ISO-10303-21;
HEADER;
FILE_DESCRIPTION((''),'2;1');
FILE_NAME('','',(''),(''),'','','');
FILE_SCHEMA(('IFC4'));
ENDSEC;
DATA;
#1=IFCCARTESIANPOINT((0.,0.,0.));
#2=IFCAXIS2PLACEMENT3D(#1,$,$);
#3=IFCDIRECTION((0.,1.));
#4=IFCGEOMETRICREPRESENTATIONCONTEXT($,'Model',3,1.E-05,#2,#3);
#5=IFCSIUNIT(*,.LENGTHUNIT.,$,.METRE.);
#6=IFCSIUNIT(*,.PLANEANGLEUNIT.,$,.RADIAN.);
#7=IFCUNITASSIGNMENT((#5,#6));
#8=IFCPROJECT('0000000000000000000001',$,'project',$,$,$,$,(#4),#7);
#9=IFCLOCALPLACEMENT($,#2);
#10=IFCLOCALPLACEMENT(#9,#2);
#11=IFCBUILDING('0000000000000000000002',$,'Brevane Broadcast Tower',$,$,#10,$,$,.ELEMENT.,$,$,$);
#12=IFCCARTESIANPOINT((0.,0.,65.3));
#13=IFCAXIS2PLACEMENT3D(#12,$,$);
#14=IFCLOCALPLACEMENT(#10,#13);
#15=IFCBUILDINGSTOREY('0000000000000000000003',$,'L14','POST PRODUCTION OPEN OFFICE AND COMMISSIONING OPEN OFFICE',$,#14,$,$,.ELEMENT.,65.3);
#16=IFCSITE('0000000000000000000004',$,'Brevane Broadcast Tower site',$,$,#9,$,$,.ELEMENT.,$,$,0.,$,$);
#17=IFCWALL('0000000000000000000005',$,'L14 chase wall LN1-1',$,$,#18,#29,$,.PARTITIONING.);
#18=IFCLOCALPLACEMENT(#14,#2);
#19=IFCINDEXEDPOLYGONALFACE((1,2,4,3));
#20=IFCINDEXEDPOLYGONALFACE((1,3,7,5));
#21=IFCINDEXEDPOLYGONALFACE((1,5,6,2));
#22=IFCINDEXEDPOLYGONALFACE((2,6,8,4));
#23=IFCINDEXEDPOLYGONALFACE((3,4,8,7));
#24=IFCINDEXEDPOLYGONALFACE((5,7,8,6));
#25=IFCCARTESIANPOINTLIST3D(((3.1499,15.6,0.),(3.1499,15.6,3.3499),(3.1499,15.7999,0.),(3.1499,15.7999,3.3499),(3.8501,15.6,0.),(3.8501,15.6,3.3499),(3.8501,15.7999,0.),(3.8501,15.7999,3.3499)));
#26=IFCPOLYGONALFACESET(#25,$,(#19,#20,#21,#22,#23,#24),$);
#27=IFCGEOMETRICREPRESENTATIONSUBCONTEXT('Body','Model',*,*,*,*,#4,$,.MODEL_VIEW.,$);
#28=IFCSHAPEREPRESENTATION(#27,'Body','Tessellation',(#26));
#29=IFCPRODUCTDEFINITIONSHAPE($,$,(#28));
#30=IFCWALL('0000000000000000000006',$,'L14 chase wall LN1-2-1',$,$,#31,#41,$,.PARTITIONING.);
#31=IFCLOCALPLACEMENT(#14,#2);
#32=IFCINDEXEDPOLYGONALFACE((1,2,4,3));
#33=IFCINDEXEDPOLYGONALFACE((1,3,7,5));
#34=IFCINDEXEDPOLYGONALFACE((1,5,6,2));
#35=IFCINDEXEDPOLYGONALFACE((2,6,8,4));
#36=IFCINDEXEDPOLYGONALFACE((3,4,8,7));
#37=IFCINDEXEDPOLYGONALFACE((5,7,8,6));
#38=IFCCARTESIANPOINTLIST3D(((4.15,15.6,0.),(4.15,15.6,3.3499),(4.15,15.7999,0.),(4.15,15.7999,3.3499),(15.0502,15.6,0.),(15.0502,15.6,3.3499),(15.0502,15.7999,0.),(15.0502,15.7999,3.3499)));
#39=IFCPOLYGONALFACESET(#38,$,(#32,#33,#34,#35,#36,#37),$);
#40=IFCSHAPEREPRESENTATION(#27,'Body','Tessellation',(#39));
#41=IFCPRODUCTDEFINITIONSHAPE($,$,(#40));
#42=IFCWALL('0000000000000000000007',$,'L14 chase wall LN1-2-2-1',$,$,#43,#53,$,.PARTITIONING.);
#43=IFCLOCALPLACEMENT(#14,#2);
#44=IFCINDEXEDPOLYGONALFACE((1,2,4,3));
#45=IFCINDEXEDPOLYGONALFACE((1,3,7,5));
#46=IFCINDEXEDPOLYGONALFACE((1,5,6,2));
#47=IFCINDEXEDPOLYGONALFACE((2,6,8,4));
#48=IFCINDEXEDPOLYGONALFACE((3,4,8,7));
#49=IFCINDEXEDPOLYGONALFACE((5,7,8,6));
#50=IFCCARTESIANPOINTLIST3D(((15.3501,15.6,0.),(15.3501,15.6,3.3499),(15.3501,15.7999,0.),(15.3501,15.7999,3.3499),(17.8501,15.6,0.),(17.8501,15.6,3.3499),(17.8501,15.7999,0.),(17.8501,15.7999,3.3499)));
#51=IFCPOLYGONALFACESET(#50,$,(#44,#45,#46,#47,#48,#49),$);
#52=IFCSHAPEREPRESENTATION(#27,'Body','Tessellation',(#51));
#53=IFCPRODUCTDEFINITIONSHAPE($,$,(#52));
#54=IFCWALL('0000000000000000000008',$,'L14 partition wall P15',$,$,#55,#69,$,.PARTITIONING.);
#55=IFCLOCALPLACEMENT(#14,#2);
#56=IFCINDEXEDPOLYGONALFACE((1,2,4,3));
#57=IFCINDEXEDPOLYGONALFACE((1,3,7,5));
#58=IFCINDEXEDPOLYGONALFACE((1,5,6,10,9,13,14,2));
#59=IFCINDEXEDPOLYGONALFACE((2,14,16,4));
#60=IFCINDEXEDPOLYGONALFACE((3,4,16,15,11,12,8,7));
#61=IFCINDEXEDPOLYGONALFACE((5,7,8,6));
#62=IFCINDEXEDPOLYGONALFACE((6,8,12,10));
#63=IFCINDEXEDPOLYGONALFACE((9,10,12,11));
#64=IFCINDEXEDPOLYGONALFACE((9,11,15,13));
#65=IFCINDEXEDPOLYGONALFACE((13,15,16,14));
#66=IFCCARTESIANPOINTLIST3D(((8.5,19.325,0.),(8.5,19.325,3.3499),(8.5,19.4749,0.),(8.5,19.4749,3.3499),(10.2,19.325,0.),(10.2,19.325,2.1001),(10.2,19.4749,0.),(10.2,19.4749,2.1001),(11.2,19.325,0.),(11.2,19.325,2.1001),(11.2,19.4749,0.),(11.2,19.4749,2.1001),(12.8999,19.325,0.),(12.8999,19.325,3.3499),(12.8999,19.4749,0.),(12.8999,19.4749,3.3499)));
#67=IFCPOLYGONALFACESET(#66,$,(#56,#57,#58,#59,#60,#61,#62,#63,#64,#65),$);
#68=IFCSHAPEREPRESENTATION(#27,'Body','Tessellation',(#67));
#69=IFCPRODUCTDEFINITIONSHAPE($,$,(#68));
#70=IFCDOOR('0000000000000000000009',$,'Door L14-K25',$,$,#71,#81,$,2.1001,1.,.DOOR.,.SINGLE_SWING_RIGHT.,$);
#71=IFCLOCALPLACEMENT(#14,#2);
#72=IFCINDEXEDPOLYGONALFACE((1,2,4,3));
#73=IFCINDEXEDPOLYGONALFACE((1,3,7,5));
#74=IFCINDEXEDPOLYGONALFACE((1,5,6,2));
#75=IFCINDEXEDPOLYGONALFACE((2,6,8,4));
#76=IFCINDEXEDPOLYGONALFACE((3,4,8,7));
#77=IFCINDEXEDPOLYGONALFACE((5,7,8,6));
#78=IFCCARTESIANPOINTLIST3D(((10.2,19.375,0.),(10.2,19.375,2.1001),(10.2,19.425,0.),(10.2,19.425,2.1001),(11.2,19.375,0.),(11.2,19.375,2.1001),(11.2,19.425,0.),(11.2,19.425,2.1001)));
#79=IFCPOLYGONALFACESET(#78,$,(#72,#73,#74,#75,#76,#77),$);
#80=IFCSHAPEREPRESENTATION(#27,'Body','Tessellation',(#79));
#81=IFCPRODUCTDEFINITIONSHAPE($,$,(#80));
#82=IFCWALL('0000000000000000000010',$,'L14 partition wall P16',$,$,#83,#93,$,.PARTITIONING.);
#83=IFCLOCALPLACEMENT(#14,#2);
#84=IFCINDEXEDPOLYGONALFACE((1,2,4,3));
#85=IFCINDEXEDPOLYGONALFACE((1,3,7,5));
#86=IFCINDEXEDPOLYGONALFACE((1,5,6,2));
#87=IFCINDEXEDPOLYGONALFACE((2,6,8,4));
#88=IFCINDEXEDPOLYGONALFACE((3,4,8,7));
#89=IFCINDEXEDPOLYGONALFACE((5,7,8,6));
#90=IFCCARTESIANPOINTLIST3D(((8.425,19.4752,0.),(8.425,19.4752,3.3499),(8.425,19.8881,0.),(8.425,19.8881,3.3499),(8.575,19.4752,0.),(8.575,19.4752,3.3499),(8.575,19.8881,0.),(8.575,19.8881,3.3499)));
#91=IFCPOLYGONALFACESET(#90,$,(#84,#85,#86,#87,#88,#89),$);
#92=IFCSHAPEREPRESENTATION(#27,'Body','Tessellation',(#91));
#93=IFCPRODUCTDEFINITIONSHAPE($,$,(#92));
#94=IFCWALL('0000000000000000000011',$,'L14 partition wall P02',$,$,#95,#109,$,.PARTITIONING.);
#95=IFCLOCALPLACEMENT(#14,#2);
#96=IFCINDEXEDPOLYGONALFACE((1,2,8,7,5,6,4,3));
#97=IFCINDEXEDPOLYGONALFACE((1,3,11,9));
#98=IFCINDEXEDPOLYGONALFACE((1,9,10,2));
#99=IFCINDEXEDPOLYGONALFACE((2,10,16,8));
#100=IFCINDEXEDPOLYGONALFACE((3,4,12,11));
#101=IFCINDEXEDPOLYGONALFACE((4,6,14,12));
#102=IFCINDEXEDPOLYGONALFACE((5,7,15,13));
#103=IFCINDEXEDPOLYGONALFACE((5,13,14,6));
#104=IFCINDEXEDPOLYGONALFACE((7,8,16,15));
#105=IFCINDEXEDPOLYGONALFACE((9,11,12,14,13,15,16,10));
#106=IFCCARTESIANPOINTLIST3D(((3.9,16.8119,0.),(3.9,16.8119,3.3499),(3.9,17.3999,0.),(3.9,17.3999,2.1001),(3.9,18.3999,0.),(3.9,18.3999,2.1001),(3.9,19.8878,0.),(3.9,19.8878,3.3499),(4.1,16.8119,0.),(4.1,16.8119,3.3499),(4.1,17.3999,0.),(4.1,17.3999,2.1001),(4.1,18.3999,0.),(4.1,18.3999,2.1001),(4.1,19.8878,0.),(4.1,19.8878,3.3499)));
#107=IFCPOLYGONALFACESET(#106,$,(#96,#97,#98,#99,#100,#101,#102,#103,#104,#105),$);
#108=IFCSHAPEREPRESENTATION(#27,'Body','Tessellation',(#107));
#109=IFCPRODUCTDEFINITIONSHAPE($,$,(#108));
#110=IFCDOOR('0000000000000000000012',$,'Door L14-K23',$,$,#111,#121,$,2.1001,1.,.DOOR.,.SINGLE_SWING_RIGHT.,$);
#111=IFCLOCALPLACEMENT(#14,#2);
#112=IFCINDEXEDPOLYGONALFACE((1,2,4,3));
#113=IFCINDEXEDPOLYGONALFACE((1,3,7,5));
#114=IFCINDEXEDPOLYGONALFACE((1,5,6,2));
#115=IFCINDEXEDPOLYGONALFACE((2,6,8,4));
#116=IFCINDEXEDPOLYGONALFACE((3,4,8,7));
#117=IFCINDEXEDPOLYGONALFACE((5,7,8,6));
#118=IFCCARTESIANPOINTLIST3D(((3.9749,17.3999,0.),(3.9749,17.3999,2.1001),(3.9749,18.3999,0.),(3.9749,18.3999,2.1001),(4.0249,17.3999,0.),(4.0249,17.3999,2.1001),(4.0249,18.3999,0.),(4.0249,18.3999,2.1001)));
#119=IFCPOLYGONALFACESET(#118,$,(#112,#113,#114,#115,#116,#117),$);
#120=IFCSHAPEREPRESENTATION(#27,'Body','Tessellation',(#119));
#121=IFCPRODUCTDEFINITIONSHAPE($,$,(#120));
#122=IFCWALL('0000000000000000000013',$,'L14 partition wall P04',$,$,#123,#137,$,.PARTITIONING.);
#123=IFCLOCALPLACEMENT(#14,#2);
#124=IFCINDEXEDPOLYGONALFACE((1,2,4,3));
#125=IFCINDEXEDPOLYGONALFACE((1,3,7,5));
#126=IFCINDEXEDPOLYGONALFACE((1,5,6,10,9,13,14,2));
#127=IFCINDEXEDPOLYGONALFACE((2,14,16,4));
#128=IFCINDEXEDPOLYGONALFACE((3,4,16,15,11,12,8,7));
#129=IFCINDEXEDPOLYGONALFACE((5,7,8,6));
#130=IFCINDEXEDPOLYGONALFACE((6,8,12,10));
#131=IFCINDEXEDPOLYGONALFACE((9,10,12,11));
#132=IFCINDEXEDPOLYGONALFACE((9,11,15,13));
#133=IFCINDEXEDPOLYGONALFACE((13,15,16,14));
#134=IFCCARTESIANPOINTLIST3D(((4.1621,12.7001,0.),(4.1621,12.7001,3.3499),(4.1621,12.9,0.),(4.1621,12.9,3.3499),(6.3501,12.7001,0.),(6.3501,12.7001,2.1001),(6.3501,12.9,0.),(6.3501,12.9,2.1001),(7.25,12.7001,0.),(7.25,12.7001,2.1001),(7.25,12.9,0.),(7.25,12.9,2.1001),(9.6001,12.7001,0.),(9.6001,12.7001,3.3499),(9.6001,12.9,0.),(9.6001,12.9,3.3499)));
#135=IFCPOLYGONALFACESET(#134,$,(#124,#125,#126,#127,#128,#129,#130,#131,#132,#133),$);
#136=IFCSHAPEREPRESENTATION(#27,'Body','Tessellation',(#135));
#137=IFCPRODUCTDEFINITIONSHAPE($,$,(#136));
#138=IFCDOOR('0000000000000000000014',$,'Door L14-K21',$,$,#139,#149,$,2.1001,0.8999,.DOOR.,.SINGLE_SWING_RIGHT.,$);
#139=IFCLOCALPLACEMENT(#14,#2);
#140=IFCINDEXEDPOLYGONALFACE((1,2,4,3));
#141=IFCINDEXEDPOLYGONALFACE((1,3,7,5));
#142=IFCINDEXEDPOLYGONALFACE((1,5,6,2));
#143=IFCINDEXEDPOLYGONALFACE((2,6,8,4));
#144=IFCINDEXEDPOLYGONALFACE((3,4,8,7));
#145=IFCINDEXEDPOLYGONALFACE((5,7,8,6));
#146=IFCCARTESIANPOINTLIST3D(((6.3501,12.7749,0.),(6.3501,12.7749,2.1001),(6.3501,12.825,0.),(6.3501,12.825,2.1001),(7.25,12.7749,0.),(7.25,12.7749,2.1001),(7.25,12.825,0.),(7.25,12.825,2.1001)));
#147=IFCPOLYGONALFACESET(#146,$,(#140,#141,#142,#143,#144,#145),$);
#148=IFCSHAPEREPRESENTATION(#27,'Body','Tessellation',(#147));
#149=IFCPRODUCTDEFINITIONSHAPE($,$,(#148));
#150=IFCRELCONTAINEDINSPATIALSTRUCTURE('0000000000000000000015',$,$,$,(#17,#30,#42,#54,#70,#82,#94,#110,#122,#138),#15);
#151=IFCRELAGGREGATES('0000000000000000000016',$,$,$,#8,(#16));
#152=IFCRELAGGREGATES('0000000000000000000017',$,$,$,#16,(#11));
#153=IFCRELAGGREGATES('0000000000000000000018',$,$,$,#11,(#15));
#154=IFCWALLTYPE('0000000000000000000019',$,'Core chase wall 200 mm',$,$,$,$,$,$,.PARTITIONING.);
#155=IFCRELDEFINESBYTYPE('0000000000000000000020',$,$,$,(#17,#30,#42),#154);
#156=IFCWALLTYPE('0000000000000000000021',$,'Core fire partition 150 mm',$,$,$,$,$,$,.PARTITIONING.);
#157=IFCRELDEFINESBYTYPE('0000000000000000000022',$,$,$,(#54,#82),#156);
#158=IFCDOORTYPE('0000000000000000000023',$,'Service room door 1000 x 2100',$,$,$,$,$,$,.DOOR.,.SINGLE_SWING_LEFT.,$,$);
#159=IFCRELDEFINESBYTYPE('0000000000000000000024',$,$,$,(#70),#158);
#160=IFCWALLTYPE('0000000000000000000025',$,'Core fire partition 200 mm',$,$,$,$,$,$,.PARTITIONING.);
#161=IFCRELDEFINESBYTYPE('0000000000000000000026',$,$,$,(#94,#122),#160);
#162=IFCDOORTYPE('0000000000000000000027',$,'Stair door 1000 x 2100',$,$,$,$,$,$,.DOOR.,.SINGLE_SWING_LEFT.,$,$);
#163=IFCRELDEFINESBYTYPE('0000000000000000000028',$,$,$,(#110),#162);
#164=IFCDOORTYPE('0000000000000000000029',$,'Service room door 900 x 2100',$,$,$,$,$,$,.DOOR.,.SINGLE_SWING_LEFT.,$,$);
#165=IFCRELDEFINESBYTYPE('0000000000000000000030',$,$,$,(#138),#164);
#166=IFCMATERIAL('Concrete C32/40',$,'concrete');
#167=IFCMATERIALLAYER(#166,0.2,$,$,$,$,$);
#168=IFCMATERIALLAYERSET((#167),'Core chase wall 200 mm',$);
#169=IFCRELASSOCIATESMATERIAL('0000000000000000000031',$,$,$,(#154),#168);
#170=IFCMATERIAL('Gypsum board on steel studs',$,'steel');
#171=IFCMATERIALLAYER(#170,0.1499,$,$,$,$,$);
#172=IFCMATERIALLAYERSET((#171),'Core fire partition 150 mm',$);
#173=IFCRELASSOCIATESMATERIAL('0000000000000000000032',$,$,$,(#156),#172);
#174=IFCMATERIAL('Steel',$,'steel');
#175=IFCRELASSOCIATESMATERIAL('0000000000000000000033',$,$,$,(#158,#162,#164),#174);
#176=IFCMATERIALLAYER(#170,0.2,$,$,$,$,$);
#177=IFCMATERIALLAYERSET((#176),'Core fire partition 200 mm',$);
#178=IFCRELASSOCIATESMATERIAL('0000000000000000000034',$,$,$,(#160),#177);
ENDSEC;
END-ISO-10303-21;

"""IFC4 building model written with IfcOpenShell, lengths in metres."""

from ifc_helpers import new_model, si_unit, direction, frame, frame_2d, origin, place, context, subcontext, project, spatial, rectangle, extrude, material, layer, layer_set, type_object, element, fill, save


model = new_model("IFC4")

# Units and contexts
model_context = context("Model", 3, precision=1e-05, world=origin(), true_north=direction((0.0, 1.0)))
body_context = subcontext(model_context, "Body", "Model", "MODEL_VIEW")
ifc_project = project(units=[si_unit("LENGTHUNIT", "METRE"), si_unit("PLANEANGLEUNIT", "RADIAN")], contexts=[model_context])

# Site, building, storey
site_placement = place(None, origin())
site = spatial("IfcSite", under=ifc_project, at=site_placement, Name="Brevane Broadcast Tower site", CompositionType="ELEMENT", RefElevation=0.0)
building_placement = place(site_placement, origin())
building = spatial("IfcBuilding", under=site, at=building_placement, Name="Brevane Broadcast Tower", CompositionType="ELEMENT")
storey_placement = place(building_placement, frame((0.0, 0.0, 65.3)))
storey = spatial("IfcBuildingStorey", under=building, at=storey_placement, Name="L14", Description="POST PRODUCTION OPEN OFFICE AND COMMISSIONING OPEN OFFICE", CompositionType="ELEMENT", Elevation=65.3)

# Walls
ifc_material_1 = material(Name="Concrete C32/40", Category="concrete")
ifc_layer_1 = layer(ifc_material_1, 0.2)
ifc_layer_set_1 = layer_set([ifc_layer_1], Name="Core chase wall 200 mm")
wall_type_1 = type_object("IfcWallType", Name="Core chase wall 200 mm", PredefinedType="PARTITIONING", material=ifc_layer_set_1)
wall_1_placement = place(storey_placement, frame((3.1499, 15.7, 0.0), z_axis=(0.0, 0.0, 1.0), x_axis=(1.0, 0.0, 0.0)))
element("IfcWall", 1, at=wall_1_placement, inside=storey, type_object=wall_type_1, Name="L14 chase wall LN1-1", PredefinedType="PARTITIONING", context=body_context, shape_type="SweptSolid", body=[
    extrude(rectangle(XDim=0.7002, YDim=0.2, at=frame_2d((0.3501, 0.0))), origin(), (0.0, 0.0, 1.0), 3.3499),
])
wall_2_placement = place(storey_placement, frame((4.1499, 15.7, 0.0), z_axis=(0.0, 0.0, 1.0), x_axis=(1.0, 0.0, 0.0)))
element("IfcWall", 2, at=wall_2_placement, inside=storey, type_object=wall_type_1, Name="L14 chase wall LN1-2-1", PredefinedType="PARTITIONING", context=body_context, shape_type="SweptSolid", body=[
    extrude(rectangle(XDim=10.9001, YDim=0.2, at=frame_2d((5.4502, 0.0))), origin(), (0.0, 0.0, 1.0), 3.3499),
])
wall_3_placement = place(storey_placement, frame((15.3501, 15.7, 0.0), z_axis=(0.0, 0.0, 1.0), x_axis=(1.0, 0.0, 0.0)))
element("IfcWall", 3, at=wall_3_placement, inside=storey, type_object=wall_type_1, Name="L14 chase wall LN1-2-2-1", PredefinedType="PARTITIONING", context=body_context, shape_type="SweptSolid", body=[
    extrude(rectangle(XDim=2.5, YDim=0.2, at=frame_2d((1.25, 0.0))), origin(), (0.0, 0.0, 1.0), 3.3499),
])

# Wall, opening, door
ifc_material_2 = material(Name="Gypsum board on steel studs", Category="steel")
ifc_layer_2 = layer(ifc_material_2, 0.1499)
ifc_layer_set_2 = layer_set([ifc_layer_2], Name="Core fire partition 150 mm")
wall_type_2 = type_object("IfcWallType", Name="Core fire partition 150 mm", PredefinedType="PARTITIONING", material=ifc_layer_set_2)
wall_4_placement = place(storey_placement, frame((12.8999, 19.3999, 0.0), z_axis=(0.0, 0.0, 1.0), x_axis=(-1.0, 0.0, 0.0)))
wall_4 = element("IfcWall", 4, at=wall_4_placement, inside=storey, type_object=wall_type_2, Name="L14 partition wall P15", PredefinedType="PARTITIONING", context=body_context, shape_type="SweptSolid", body=[
    extrude(rectangle(XDim=4.3999, YDim=0.1499, at=frame_2d((2.2, 0.0))), origin(), (0.0, 0.0, 1.0), 3.3499),
])
opening_1_placement = place(wall_4_placement, frame((1.7, 0.0, 0.0)))
opening_1 = element("IfcOpeningElement", 5, at=opening_1_placement, cuts=wall_4, PredefinedType="OPENING", context=body_context, shape_type="SweptSolid", body=[
    extrude(rectangle(XDim=1.0, YDim=2.1001, at=frame_2d((0.5, 1.05))), frame((0.0, 0.085, 0.0), z_axis=(0.0, -1.0, 0.0), x_axis=(1.0, 0.0, 0.0)), (0.0, 0.0, 1.0), 0.1699),
])
ifc_material_3 = material(Name="Steel", Category="steel")
door_type_1 = type_object("IfcDoorType", Name="Service room door 1000 x 2100", OperationType="SINGLE_SWING_LEFT", PredefinedType="DOOR", material=ifc_material_3)
door_1_placement = place(opening_1_placement, origin())
door_1 = element("IfcDoor", 6, at=door_1_placement, inside=storey, type_object=door_type_1, Name="Door L14-K25", OperationType="SINGLE_SWING_RIGHT", OverallHeight=2.1001, OverallWidth=1.0, PredefinedType="DOOR", context=body_context, shape_type="SweptSolid", body=[
    extrude(rectangle(XDim=1.0, YDim=2.1001, at=frame_2d((0.5, 1.05))), frame((0.0, 0.0249, 0.0), z_axis=(0.0, -1.0, 0.0), x_axis=(1.0, 0.0, 0.0)), (0.0, 0.0, 1.0), 0.05),
])
fill(opening_1, door_1)

# Wall
wall_5_placement = place(storey_placement, frame((8.5, 19.4751, 0.0), z_axis=(0.0, 0.0, 1.0), x_axis=(0.0, 1.0, 0.0)))
element("IfcWall", 7, at=wall_5_placement, inside=storey, type_object=wall_type_2, Name="L14 partition wall P16", PredefinedType="PARTITIONING", context=body_context, shape_type="SweptSolid", body=[
    extrude(rectangle(XDim=0.4128, YDim=0.1499, at=frame_2d((0.2065, 0.0))), origin(), (0.0, 0.0, 1.0), 3.3499),
])

# Walls, openings, doors
ifc_layer_3 = layer(ifc_material_2, 0.2)
ifc_layer_set_3 = layer_set([ifc_layer_3], Name="Core fire partition 200 mm")
wall_type_3 = type_object("IfcWallType", Name="Core fire partition 200 mm", PredefinedType="PARTITIONING", material=ifc_layer_set_3)
wall_6_placement = place(storey_placement, frame((4.0, 19.8879, 0.0), z_axis=(0.0, 0.0, 1.0), x_axis=(0.0, -1.0, 0.0)))
wall_6 = element("IfcWall", 8, at=wall_6_placement, inside=storey, type_object=wall_type_3, Name="L14 partition wall P02", PredefinedType="PARTITIONING", context=body_context, shape_type="SweptSolid", body=[
    extrude(rectangle(XDim=3.0759, YDim=0.2, at=frame_2d((1.5381, 0.0))), origin(), (0.0, 0.0, 1.0), 3.3499),
])
opening_2_placement = place(wall_6_placement, frame((1.488, 0.0, 0.0)))
opening_2 = element("IfcOpeningElement", 9, at=opening_2_placement, cuts=wall_6, PredefinedType="OPENING", context=body_context, shape_type="SweptSolid", body=[
    extrude(rectangle(XDim=1.0, YDim=2.1001, at=frame_2d((0.5, 1.05))), frame((0.0, 0.1099, 0.0), z_axis=(0.0, -1.0, 0.0), x_axis=(1.0, 0.0, 0.0)), (0.0, 0.0, 1.0), 0.22),
])
door_type_2 = type_object("IfcDoorType", Name="Stair door 1000 x 2100", OperationType="SINGLE_SWING_LEFT", PredefinedType="DOOR", material=ifc_material_3)
door_2_placement = place(opening_2_placement, origin())
door_2 = element("IfcDoor", 10, at=door_2_placement, inside=storey, type_object=door_type_2, Name="Door L14-K23", OperationType="SINGLE_SWING_RIGHT", OverallHeight=2.1001, OverallWidth=1.0, PredefinedType="DOOR", context=body_context, shape_type="SweptSolid", body=[
    extrude(rectangle(XDim=1.0, YDim=2.1001, at=frame_2d((0.5, 1.05))), frame((0.0, 0.0249, 0.0), z_axis=(0.0, -1.0, 0.0), x_axis=(1.0, 0.0, 0.0)), (0.0, 0.0, 1.0), 0.05),
])
fill(opening_2, door_2)
wall_7_placement = place(storey_placement, frame((4.1621, 12.8, 0.0), z_axis=(0.0, 0.0, 1.0), x_axis=(1.0, 0.0, 0.0)))
wall_7 = element("IfcWall", 11, at=wall_7_placement, inside=storey, type_object=wall_type_3, Name="L14 partition wall P04", PredefinedType="PARTITIONING", context=body_context, shape_type="SweptSolid", body=[
    extrude(rectangle(XDim=5.438, YDim=0.2, at=frame_2d((2.719, 0.0))), origin(), (0.0, 0.0, 1.0), 3.3499),
])
opening_3_placement = place(wall_7_placement, frame((2.188, 0.0, 0.0)))
opening_3 = element("IfcOpeningElement", 12, at=opening_3_placement, cuts=wall_7, PredefinedType="OPENING", context=body_context, shape_type="SweptSolid", body=[
    extrude(rectangle(XDim=0.8999, YDim=2.1001, at=frame_2d((0.45, 1.05))), frame((0.0, 0.1099, 0.0), z_axis=(0.0, -1.0, 0.0), x_axis=(1.0, 0.0, 0.0)), (0.0, 0.0, 1.0), 0.22),
])
door_type_3 = type_object("IfcDoorType", Name="Service room door 900 x 2100", OperationType="SINGLE_SWING_LEFT", PredefinedType="DOOR", material=ifc_material_3)
door_3_placement = place(opening_3_placement, origin())
door_3 = element("IfcDoor", 13, at=door_3_placement, inside=storey, type_object=door_type_3, Name="Door L14-K21", OperationType="SINGLE_SWING_RIGHT", OverallHeight=2.1001, OverallWidth=0.8999, PredefinedType="DOOR", context=body_context, shape_type="SweptSolid", body=[
    extrude(rectangle(XDim=0.8999, YDim=2.1001, at=frame_2d((0.45, 1.05))), frame((0.0, 0.0249, 0.0), z_axis=(0.0, -1.0, 0.0), x_axis=(1.0, 0.0, 0.0)), (0.0, 0.0, 1.0), 0.05),
])
fill(opening_3, door_3)

save(model, "model.ifc")
